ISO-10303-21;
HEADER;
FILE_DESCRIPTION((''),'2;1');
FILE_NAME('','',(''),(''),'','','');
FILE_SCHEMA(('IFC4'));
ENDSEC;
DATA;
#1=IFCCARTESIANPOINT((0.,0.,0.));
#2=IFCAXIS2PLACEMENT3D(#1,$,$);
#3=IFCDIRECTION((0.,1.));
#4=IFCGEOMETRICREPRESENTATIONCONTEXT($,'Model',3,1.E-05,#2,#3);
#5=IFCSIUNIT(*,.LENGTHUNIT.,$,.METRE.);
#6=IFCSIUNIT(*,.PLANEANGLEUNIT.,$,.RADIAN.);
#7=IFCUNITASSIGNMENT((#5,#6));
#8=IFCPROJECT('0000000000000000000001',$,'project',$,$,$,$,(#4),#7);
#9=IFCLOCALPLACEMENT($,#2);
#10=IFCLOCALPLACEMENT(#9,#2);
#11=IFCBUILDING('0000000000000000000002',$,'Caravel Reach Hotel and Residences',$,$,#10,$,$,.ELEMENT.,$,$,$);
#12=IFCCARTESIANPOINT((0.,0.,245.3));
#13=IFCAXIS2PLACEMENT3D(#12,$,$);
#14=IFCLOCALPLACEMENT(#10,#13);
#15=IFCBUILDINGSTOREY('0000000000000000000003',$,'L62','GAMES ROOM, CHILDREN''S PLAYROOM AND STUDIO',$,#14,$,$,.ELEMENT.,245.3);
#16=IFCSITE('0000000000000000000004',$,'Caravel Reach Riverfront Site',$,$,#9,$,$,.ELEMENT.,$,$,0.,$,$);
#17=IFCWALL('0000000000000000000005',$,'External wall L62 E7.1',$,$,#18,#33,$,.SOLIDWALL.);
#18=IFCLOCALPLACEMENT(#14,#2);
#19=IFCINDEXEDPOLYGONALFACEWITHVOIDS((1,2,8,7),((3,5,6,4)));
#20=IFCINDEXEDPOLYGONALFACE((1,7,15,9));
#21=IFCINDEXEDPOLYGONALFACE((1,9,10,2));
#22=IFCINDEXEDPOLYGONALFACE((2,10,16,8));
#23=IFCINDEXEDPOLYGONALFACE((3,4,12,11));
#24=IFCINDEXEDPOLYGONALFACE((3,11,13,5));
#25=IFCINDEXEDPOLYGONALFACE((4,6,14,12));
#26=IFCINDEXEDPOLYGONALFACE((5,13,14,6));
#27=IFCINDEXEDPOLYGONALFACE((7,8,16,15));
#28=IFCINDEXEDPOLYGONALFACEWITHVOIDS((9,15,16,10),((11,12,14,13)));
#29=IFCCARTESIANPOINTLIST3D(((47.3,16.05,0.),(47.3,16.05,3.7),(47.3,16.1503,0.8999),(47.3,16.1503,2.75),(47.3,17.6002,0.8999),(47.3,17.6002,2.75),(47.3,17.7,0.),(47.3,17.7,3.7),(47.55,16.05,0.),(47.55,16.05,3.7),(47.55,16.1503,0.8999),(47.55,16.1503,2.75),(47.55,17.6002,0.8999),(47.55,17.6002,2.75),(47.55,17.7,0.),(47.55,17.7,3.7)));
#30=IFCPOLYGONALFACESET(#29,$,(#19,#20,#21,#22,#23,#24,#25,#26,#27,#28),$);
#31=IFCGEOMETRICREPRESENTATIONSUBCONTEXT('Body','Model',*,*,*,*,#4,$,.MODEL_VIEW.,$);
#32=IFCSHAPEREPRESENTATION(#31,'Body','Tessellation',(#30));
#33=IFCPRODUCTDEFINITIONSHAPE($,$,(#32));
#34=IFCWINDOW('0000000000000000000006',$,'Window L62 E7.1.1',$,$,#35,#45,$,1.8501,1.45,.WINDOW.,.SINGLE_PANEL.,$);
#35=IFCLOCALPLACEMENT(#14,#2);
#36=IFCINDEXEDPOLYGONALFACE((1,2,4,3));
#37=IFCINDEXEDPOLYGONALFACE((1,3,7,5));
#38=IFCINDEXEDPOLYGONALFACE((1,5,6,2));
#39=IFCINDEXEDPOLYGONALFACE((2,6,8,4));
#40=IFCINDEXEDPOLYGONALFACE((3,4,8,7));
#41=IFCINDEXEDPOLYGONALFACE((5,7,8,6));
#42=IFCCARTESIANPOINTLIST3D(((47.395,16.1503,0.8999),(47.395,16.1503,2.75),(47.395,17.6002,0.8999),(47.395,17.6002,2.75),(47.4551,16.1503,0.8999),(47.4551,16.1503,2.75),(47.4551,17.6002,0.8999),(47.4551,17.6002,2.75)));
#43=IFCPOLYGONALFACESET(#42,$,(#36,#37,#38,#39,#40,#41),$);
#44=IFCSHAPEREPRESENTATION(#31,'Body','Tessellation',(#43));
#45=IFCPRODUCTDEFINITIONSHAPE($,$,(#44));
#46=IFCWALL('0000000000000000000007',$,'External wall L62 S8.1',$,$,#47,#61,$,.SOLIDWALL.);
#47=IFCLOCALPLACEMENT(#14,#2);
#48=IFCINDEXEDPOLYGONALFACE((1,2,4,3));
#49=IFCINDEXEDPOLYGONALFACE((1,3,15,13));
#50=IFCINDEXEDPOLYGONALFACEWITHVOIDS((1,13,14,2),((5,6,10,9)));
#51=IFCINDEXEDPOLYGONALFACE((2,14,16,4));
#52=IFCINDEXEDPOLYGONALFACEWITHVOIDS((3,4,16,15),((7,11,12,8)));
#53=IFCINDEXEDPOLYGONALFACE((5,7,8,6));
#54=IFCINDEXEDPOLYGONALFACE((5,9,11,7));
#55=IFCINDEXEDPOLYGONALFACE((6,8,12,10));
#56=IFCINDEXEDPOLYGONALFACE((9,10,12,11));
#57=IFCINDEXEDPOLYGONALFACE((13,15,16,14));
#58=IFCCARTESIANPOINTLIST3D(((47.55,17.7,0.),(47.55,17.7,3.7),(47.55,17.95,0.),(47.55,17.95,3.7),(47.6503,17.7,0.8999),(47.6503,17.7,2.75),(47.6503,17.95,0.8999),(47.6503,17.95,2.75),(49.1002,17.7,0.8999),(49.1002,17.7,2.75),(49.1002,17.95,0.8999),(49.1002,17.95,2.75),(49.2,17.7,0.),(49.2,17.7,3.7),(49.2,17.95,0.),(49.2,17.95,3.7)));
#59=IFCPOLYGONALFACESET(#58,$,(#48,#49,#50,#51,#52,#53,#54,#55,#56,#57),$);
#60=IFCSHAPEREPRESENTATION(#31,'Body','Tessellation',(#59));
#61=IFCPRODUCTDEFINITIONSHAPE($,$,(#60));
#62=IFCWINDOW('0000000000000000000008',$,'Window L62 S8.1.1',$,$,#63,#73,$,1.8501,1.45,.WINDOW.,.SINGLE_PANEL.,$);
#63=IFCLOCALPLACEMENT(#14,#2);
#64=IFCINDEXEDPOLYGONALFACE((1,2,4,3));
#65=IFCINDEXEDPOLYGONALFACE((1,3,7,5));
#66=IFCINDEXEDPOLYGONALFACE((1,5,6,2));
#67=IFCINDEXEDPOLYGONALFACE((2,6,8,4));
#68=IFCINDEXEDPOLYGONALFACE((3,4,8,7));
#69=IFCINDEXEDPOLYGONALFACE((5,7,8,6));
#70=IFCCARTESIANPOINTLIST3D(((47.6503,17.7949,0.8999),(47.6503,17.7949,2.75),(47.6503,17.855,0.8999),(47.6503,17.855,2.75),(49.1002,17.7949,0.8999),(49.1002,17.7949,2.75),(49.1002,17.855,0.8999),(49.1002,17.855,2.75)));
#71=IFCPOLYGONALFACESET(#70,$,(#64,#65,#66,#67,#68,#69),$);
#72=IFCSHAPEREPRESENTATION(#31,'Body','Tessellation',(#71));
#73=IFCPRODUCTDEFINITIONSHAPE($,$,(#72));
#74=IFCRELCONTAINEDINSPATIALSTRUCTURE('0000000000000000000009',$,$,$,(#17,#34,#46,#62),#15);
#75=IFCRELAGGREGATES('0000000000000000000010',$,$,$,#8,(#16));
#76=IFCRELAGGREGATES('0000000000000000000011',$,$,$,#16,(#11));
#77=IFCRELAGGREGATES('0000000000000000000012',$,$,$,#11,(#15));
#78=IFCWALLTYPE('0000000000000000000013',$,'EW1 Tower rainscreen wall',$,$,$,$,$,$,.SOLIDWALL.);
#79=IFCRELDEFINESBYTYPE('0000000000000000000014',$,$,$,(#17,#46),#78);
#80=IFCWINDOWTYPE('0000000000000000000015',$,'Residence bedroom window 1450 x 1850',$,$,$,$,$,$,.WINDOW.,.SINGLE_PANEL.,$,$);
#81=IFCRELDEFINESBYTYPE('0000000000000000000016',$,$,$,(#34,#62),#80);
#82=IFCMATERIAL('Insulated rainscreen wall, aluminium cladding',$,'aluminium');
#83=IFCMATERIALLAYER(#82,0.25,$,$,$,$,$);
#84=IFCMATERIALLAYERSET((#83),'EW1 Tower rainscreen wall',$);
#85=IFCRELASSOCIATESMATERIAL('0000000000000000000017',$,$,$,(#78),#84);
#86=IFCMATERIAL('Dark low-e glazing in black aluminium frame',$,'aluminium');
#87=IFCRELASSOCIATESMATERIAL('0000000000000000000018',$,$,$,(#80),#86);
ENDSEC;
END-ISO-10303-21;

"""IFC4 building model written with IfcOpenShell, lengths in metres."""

from ifc_helpers import new_model, si_unit, direction, frame, frame_2d, origin, place, context, subcontext, project, spatial, rectangle, extrude, material, layer, layer_set, type_object, element, fill, save


model = new_model("IFC4")

# Units and contexts
model_context = context("Model", 3, precision=1e-05, world=origin(), true_north=direction((0.0, 1.0)))
body_context = subcontext(model_context, "Body", "Model", "MODEL_VIEW")
ifc_project = project(units=[si_unit("LENGTHUNIT", "METRE"), si_unit("PLANEANGLEUNIT", "RADIAN")], contexts=[model_context])

# Site, building, storey
site_placement = place(None, origin())
site = spatial("IfcSite", under=ifc_project, at=site_placement, Name="Caravel Reach Riverfront Site", CompositionType="ELEMENT", RefElevation=0.0)
building_placement = place(site_placement, origin())
building = spatial("IfcBuilding", under=site, at=building_placement, Name="Caravel Reach Hotel and Residences", CompositionType="ELEMENT")
storey_placement = place(building_placement, frame((0.0, 0.0, 245.3)))
storey = spatial("IfcBuildingStorey", under=building, at=storey_placement, Name="L62", Description="GAMES ROOM, CHILDREN'S PLAYROOM AND STUDIO", CompositionType="ELEMENT", Elevation=245.3)

# Walls, openings, windows
ifc_material_1 = material(Name="Insulated rainscreen wall, aluminium cladding", Category="aluminium")
ifc_layer = layer(ifc_material_1, 0.25)
ifc_layer_set = layer_set([ifc_layer], Name="EW1 Tower rainscreen wall")
wall_type = type_object("IfcWallType", Name="EW1 Tower rainscreen wall", PredefinedType="SOLIDWALL", material=ifc_layer_set)
ifc_material_2 = material(Name="Dark low-e glazing in black aluminium frame", Category="aluminium")
window_type = type_object("IfcWindowType", Name="Residence bedroom window 1450 x 1850", PartitioningType="SINGLE_PANEL", PredefinedType="WINDOW", material=ifc_material_2)
wall_1_placement = place(storey_placement, frame((47.425, 16.05, 0.0), z_axis=(0.0, 0.0, 1.0), x_axis=(0.0, 1.0, 0.0)))
wall_1 = element("IfcWall", 1, at=wall_1_placement, inside=storey, type_object=wall_type, Name="External wall L62 E7.1", PredefinedType="SOLIDWALL", context=body_context, shape_type="SweptSolid", body=[
    extrude(rectangle(XDim=1.6499, YDim=0.25, at=frame_2d((0.825, 0.0))), origin(), (0.0, 0.0, 1.0), 3.7),
])
opening_1_placement = place(wall_1_placement, frame((0.1001, 0.0, 0.8999)))
opening_1 = element("IfcOpeningElement", 2, at=opening_1_placement, cuts=wall_1, PredefinedType="OPENING", context=body_context, shape_type="SweptSolid", body=[
    extrude(rectangle(XDim=1.45, YDim=1.8501, at=frame_2d((0.7251, 0.925))), frame((0.0, 0.135, 0.0), z_axis=(0.0, -1.0, 0.0), x_axis=(1.0, 0.0, 0.0)), (0.0, 0.0, 1.0), 0.27),
])
window_1_placement = place(opening_1_placement, origin())
window_1 = element("IfcWindow", 3, at=window_1_placement, inside=storey, type_object=window_type, Name="Window L62 E7.1.1", OverallHeight=1.8501, OverallWidth=1.45, PartitioningType="SINGLE_PANEL", PredefinedType="WINDOW", context=body_context, shape_type="SweptSolid", body=[
    extrude(rectangle(XDim=1.45, YDim=1.8501, at=frame_2d((0.7251, 0.925))), frame((0.0, 0.03, 0.0), z_axis=(0.0, -1.0, 0.0), x_axis=(1.0, 0.0, 0.0)), (0.0, 0.0, 1.0), 0.0601),
])
fill(opening_1, window_1)
wall_2_placement = place(storey_placement, frame((47.55, 17.825, 0.0), z_axis=(0.0, 0.0, 1.0), x_axis=(1.0, 0.0, 0.0)))
wall_2 = element("IfcWall", 4, at=wall_2_placement, inside=storey, type_object=wall_type, Name="External wall L62 S8.1", PredefinedType="SOLIDWALL", context=body_context, shape_type="SweptSolid", body=[
    extrude(rectangle(XDim=1.6499, YDim=0.25, at=frame_2d((0.825, 0.0))), origin(), (0.0, 0.0, 1.0), 3.7),
])
opening_2_placement = place(wall_2_placement, frame((0.1001, 0.0, 0.8999)))
opening_2 = element("IfcOpeningElement", 5, at=opening_2_placement, cuts=wall_2, PredefinedType="OPENING", context=body_context, shape_type="SweptSolid", body=[
    extrude(rectangle(XDim=1.45, YDim=1.8501, at=frame_2d((0.7251, 0.925))), frame((0.0, 0.135, 0.0), z_axis=(0.0, -1.0, 0.0), x_axis=(1.0, 0.0, 0.0)), (0.0, 0.0, 1.0), 0.27),
])
window_2_placement = place(opening_2_placement, origin())
window_2 = element("IfcWindow", 6, at=window_2_placement, inside=storey, type_object=window_type, Name="Window L62 S8.1.1", OverallHeight=1.8501, OverallWidth=1.45, PartitioningType="SINGLE_PANEL", PredefinedType="WINDOW", context=body_context, shape_type="SweptSolid", body=[
    extrude(rectangle(XDim=1.45, YDim=1.8501, at=frame_2d((0.7251, 0.925))), frame((0.0, 0.03, 0.0), z_axis=(0.0, -1.0, 0.0), x_axis=(1.0, 0.0, 0.0)), (0.0, 0.0, 1.0), 0.0601),
])
fill(opening_2, window_2)

save(model, "model.ifc")
